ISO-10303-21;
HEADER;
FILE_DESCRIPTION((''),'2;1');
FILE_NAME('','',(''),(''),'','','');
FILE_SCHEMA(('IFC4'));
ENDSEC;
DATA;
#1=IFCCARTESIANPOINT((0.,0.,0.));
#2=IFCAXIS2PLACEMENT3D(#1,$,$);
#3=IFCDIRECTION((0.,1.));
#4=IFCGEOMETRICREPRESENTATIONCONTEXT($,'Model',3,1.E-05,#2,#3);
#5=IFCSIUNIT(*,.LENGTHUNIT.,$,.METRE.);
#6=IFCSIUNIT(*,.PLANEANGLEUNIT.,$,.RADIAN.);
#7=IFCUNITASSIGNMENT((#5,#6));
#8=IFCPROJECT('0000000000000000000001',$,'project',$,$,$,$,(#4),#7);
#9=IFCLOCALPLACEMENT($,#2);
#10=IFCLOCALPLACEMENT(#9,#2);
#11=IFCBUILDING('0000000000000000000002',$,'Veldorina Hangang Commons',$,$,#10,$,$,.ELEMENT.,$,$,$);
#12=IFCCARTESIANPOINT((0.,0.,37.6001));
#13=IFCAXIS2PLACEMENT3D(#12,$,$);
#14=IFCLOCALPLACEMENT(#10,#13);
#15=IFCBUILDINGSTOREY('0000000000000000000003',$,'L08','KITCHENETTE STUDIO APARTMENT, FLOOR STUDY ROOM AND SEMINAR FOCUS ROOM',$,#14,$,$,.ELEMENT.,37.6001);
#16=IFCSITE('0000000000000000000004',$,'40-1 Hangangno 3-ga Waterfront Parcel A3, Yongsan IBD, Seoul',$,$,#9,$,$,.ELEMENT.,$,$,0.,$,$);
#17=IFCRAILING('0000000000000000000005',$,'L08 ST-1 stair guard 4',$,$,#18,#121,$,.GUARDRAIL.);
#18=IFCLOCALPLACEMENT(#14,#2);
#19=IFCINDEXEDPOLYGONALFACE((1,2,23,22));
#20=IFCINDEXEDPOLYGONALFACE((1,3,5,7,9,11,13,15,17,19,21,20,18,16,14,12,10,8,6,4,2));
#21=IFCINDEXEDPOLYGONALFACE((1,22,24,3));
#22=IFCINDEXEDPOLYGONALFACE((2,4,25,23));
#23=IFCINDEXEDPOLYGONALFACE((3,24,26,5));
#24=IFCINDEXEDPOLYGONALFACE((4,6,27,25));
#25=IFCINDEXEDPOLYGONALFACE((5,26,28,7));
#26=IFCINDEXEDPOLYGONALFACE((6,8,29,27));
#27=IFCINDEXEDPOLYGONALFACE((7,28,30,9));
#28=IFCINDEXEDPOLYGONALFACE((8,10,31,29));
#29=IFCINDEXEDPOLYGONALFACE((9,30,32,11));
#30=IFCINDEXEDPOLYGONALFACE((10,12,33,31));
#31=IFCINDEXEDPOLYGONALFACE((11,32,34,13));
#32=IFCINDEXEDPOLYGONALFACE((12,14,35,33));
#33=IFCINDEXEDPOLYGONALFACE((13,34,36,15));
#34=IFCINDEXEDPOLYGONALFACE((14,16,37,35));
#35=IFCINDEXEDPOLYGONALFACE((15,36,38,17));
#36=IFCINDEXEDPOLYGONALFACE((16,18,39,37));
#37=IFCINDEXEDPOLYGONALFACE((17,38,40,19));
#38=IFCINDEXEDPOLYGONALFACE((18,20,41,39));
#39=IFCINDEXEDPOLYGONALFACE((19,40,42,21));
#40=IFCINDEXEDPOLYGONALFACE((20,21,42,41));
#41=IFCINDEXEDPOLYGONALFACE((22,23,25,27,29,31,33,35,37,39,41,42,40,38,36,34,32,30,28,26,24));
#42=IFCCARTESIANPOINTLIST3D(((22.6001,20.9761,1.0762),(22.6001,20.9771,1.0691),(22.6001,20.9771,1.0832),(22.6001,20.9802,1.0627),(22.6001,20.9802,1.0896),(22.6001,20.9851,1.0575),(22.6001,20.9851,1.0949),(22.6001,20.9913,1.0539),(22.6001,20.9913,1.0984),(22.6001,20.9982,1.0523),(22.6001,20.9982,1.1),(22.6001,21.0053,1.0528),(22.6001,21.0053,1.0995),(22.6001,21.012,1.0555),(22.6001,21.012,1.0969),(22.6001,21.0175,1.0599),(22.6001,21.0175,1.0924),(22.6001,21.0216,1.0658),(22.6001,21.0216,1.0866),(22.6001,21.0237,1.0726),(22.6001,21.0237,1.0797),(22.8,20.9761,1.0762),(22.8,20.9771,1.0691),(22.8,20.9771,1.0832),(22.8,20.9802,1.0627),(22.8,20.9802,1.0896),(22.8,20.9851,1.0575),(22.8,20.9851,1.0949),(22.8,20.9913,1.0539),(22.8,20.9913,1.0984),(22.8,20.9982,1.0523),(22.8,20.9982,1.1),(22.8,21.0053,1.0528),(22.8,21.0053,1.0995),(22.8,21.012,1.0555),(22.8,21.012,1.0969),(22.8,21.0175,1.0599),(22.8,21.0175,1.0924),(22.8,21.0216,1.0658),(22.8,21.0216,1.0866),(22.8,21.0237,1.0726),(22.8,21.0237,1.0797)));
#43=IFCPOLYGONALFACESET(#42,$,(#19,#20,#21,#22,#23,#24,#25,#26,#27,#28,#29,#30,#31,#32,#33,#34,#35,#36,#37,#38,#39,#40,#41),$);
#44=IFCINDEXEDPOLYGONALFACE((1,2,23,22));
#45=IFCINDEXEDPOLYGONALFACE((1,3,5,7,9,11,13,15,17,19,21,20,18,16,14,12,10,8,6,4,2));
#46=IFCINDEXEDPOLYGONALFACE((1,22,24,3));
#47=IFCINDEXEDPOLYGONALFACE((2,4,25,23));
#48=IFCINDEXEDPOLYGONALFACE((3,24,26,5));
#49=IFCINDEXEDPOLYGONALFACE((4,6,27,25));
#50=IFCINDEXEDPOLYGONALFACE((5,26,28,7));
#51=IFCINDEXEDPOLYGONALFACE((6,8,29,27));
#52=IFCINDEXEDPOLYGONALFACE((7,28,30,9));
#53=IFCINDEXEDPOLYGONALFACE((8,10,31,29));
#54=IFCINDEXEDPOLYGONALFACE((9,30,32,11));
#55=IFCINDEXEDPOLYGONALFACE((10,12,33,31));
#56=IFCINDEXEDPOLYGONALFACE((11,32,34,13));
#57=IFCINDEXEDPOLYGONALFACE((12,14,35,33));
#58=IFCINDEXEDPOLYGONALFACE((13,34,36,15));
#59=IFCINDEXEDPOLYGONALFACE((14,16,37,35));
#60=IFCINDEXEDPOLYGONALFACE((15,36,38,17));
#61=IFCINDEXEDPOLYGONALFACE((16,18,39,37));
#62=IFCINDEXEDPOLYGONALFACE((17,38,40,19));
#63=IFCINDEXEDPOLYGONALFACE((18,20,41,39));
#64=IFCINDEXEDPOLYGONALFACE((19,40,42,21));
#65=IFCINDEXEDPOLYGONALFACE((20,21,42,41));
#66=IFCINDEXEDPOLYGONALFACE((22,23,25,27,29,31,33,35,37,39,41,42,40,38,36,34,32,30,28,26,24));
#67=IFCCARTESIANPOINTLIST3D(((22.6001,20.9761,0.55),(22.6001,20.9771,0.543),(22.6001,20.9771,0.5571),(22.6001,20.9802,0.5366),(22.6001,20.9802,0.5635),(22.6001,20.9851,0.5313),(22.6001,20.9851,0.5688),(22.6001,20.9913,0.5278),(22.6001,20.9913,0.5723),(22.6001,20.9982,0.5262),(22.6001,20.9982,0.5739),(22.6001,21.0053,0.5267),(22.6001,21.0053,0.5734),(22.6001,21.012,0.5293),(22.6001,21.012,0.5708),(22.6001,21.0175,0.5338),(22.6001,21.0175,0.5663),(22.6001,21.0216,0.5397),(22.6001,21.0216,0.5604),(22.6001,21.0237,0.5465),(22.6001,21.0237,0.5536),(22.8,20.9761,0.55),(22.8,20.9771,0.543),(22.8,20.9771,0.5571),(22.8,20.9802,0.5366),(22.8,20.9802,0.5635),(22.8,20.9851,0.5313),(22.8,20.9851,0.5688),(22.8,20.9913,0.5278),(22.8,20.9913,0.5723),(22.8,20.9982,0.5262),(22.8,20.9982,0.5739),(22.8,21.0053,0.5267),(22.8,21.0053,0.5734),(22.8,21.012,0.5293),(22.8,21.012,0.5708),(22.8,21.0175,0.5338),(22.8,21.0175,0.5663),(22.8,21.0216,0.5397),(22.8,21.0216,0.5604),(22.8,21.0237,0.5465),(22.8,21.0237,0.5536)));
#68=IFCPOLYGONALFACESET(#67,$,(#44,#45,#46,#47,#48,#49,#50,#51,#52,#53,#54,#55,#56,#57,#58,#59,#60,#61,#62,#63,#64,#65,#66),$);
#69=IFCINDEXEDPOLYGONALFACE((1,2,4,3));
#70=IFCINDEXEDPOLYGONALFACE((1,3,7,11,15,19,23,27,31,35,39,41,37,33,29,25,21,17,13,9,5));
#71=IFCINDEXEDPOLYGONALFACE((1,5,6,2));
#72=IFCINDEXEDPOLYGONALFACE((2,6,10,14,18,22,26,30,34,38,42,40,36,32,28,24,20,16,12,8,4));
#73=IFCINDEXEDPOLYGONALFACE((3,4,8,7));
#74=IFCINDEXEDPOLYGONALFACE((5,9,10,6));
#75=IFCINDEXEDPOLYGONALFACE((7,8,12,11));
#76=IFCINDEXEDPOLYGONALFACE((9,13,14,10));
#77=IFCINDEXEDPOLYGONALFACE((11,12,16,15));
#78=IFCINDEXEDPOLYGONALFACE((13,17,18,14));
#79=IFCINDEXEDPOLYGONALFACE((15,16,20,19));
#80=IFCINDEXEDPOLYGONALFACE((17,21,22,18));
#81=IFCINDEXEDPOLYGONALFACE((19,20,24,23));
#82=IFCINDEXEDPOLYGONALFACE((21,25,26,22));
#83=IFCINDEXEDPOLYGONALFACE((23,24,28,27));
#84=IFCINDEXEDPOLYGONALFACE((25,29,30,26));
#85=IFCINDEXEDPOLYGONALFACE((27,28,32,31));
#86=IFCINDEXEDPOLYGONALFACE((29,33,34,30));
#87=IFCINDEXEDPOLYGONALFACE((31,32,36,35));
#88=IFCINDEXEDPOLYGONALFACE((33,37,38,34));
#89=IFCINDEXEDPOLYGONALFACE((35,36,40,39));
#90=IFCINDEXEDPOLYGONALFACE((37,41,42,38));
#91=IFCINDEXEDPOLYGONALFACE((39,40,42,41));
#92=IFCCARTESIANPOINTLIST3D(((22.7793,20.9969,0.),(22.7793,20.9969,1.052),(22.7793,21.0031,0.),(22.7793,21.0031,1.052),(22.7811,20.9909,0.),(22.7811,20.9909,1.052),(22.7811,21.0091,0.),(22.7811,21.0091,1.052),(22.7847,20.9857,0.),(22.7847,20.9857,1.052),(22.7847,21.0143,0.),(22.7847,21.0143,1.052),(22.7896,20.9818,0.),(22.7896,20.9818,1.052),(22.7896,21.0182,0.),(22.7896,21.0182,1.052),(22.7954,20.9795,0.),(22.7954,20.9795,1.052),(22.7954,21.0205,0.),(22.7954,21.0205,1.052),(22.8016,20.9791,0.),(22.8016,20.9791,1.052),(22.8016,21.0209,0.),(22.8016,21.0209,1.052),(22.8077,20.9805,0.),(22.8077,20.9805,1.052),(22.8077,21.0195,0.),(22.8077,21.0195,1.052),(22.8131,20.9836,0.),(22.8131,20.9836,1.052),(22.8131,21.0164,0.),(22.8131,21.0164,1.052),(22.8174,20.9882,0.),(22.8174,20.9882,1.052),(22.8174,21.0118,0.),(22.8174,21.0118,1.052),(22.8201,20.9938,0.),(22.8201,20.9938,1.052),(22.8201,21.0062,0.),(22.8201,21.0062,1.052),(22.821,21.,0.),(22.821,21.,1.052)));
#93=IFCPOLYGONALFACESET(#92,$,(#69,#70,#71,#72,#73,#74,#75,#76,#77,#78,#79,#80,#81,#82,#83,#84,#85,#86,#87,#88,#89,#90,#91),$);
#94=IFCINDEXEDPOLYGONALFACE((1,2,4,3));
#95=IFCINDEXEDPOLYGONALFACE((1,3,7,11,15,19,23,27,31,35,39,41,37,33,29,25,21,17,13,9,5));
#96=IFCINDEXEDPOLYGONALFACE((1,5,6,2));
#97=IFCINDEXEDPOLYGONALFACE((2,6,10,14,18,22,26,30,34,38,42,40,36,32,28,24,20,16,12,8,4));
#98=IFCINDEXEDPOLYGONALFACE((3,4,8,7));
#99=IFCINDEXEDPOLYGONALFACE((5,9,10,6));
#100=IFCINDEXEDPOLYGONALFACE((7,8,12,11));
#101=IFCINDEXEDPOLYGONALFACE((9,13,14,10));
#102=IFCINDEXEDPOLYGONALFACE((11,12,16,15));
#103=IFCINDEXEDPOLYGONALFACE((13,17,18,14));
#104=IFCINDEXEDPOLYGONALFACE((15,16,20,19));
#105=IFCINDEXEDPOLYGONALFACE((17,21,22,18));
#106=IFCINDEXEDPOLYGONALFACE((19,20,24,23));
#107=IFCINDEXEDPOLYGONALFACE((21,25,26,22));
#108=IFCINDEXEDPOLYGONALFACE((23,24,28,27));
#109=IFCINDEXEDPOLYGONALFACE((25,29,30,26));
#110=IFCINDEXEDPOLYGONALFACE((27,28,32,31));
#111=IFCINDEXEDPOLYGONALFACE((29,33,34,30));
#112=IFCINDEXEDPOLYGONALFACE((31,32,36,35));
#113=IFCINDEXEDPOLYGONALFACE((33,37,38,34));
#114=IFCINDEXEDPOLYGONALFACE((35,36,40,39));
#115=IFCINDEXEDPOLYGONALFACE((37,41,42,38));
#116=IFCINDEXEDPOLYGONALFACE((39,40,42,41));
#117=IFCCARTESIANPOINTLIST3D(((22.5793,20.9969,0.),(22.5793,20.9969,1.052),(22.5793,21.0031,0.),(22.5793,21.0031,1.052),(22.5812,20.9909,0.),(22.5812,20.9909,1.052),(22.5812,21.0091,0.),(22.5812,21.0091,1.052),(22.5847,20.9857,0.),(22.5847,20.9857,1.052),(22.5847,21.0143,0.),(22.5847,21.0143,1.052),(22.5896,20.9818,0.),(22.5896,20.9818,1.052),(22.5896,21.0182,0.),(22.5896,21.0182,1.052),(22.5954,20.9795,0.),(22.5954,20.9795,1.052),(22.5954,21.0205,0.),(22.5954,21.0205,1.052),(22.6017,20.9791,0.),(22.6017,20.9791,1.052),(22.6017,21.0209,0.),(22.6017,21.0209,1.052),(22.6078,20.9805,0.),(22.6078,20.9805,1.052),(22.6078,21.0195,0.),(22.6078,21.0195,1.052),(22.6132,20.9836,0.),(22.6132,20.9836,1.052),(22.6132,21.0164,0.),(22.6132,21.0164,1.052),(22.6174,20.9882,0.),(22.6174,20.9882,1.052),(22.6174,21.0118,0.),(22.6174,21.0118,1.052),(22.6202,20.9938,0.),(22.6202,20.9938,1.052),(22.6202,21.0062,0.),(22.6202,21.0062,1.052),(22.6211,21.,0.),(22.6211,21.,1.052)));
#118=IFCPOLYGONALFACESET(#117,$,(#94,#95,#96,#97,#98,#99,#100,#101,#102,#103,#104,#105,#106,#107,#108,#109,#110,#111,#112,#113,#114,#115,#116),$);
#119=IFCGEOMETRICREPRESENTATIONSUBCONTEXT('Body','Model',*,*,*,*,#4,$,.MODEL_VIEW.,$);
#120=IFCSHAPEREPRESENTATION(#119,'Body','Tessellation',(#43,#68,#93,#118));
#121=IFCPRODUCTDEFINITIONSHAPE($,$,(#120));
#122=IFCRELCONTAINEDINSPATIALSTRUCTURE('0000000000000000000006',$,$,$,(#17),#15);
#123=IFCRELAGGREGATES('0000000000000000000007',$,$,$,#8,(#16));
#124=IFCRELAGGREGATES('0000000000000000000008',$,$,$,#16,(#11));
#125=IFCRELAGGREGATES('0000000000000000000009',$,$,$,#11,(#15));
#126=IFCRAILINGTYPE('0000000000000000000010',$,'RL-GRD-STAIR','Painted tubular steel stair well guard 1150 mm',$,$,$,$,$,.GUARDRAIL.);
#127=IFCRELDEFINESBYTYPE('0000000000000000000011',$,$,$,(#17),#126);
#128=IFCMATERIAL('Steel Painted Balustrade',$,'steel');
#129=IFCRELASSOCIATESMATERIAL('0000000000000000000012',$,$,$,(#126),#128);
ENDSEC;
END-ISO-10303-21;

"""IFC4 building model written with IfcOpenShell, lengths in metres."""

from ifc_helpers import new_model, si_unit, direction, frame, origin, origin_2d, place, context, subcontext, project, spatial, circle, extrude, material, type_object, element, save


model = new_model("IFC4")

# Units and contexts
model_context = context("Model", 3, precision=1e-05, world=origin(), true_north=direction((0.0, 1.0)))
body_context = subcontext(model_context, "Body", "Model", "MODEL_VIEW")
ifc_project = project(units=[si_unit("LENGTHUNIT", "METRE"), si_unit("PLANEANGLEUNIT", "RADIAN")], contexts=[model_context])

# Site, building, storey
site_placement = place(None, origin())
site = spatial("IfcSite", under=ifc_project, at=site_placement, Name="40-1 Hangangno 3-ga Waterfront Parcel A3, Yongsan IBD, Seoul", CompositionType="ELEMENT", RefElevation=0.0)
building_placement = place(site_placement, origin())
building = spatial("IfcBuilding", under=site, at=building_placement, Name="Veldorina Hangang Commons", CompositionType="ELEMENT")
storey_placement = place(building_placement, frame((0.0, 0.0, 37.6001)))
storey = spatial("IfcBuildingStorey", under=building, at=storey_placement, Name="L08", Description="KITCHENETTE STUDIO APARTMENT, FLOOR STUDY ROOM AND SEMINAR FOCUS ROOM", CompositionType="ELEMENT", Elevation=37.6001)

# Railing
ifc_material_1 = material(Name="Steel Painted Balustrade", Category="steel")
railing_type_1 = type_object("IfcRailingType", Name="RL-GRD-STAIR", Description="Painted tubular steel stair well guard 1150 mm", PredefinedType="GUARDRAIL", material=ifc_material_1)
railing_1_placement = place(storey_placement, frame((22.8, 21.0, 0.0)))
element("IfcRailing", 1, at=railing_1_placement, inside=storey, type_object=railing_type_1, Name="L08 ST-1 stair guard 4", PredefinedType="GUARDRAIL", context=body_context, shape_type="SweptSolid", body=[
    extrude(circle(Radius=0.0239, at=origin_2d()), frame((0.0, 0.0, 1.0762), z_axis=(-1.0, 0.0, 0.0), x_axis=(0.0, -1.0, 0.0)), (0.0, 0.0, 1.0), 0.2),
    extrude(circle(Radius=0.0239, at=origin_2d()), frame((0.0, 0.0, 0.55), z_axis=(-1.0, 0.0, 0.0), x_axis=(0.0, -1.0, 0.0)), (0.0, 0.0, 1.0), 0.2),
    extrude(circle(Radius=0.021, at=origin_2d()), origin(), (0.0, 0.0, 1.0), 1.052),
    extrude(circle(Radius=0.021, at=origin_2d()), frame((-0.2, 0.0, 0.0)), (0.0, 0.0, 1.0), 1.052),
])

save(model, "model.ifc")
